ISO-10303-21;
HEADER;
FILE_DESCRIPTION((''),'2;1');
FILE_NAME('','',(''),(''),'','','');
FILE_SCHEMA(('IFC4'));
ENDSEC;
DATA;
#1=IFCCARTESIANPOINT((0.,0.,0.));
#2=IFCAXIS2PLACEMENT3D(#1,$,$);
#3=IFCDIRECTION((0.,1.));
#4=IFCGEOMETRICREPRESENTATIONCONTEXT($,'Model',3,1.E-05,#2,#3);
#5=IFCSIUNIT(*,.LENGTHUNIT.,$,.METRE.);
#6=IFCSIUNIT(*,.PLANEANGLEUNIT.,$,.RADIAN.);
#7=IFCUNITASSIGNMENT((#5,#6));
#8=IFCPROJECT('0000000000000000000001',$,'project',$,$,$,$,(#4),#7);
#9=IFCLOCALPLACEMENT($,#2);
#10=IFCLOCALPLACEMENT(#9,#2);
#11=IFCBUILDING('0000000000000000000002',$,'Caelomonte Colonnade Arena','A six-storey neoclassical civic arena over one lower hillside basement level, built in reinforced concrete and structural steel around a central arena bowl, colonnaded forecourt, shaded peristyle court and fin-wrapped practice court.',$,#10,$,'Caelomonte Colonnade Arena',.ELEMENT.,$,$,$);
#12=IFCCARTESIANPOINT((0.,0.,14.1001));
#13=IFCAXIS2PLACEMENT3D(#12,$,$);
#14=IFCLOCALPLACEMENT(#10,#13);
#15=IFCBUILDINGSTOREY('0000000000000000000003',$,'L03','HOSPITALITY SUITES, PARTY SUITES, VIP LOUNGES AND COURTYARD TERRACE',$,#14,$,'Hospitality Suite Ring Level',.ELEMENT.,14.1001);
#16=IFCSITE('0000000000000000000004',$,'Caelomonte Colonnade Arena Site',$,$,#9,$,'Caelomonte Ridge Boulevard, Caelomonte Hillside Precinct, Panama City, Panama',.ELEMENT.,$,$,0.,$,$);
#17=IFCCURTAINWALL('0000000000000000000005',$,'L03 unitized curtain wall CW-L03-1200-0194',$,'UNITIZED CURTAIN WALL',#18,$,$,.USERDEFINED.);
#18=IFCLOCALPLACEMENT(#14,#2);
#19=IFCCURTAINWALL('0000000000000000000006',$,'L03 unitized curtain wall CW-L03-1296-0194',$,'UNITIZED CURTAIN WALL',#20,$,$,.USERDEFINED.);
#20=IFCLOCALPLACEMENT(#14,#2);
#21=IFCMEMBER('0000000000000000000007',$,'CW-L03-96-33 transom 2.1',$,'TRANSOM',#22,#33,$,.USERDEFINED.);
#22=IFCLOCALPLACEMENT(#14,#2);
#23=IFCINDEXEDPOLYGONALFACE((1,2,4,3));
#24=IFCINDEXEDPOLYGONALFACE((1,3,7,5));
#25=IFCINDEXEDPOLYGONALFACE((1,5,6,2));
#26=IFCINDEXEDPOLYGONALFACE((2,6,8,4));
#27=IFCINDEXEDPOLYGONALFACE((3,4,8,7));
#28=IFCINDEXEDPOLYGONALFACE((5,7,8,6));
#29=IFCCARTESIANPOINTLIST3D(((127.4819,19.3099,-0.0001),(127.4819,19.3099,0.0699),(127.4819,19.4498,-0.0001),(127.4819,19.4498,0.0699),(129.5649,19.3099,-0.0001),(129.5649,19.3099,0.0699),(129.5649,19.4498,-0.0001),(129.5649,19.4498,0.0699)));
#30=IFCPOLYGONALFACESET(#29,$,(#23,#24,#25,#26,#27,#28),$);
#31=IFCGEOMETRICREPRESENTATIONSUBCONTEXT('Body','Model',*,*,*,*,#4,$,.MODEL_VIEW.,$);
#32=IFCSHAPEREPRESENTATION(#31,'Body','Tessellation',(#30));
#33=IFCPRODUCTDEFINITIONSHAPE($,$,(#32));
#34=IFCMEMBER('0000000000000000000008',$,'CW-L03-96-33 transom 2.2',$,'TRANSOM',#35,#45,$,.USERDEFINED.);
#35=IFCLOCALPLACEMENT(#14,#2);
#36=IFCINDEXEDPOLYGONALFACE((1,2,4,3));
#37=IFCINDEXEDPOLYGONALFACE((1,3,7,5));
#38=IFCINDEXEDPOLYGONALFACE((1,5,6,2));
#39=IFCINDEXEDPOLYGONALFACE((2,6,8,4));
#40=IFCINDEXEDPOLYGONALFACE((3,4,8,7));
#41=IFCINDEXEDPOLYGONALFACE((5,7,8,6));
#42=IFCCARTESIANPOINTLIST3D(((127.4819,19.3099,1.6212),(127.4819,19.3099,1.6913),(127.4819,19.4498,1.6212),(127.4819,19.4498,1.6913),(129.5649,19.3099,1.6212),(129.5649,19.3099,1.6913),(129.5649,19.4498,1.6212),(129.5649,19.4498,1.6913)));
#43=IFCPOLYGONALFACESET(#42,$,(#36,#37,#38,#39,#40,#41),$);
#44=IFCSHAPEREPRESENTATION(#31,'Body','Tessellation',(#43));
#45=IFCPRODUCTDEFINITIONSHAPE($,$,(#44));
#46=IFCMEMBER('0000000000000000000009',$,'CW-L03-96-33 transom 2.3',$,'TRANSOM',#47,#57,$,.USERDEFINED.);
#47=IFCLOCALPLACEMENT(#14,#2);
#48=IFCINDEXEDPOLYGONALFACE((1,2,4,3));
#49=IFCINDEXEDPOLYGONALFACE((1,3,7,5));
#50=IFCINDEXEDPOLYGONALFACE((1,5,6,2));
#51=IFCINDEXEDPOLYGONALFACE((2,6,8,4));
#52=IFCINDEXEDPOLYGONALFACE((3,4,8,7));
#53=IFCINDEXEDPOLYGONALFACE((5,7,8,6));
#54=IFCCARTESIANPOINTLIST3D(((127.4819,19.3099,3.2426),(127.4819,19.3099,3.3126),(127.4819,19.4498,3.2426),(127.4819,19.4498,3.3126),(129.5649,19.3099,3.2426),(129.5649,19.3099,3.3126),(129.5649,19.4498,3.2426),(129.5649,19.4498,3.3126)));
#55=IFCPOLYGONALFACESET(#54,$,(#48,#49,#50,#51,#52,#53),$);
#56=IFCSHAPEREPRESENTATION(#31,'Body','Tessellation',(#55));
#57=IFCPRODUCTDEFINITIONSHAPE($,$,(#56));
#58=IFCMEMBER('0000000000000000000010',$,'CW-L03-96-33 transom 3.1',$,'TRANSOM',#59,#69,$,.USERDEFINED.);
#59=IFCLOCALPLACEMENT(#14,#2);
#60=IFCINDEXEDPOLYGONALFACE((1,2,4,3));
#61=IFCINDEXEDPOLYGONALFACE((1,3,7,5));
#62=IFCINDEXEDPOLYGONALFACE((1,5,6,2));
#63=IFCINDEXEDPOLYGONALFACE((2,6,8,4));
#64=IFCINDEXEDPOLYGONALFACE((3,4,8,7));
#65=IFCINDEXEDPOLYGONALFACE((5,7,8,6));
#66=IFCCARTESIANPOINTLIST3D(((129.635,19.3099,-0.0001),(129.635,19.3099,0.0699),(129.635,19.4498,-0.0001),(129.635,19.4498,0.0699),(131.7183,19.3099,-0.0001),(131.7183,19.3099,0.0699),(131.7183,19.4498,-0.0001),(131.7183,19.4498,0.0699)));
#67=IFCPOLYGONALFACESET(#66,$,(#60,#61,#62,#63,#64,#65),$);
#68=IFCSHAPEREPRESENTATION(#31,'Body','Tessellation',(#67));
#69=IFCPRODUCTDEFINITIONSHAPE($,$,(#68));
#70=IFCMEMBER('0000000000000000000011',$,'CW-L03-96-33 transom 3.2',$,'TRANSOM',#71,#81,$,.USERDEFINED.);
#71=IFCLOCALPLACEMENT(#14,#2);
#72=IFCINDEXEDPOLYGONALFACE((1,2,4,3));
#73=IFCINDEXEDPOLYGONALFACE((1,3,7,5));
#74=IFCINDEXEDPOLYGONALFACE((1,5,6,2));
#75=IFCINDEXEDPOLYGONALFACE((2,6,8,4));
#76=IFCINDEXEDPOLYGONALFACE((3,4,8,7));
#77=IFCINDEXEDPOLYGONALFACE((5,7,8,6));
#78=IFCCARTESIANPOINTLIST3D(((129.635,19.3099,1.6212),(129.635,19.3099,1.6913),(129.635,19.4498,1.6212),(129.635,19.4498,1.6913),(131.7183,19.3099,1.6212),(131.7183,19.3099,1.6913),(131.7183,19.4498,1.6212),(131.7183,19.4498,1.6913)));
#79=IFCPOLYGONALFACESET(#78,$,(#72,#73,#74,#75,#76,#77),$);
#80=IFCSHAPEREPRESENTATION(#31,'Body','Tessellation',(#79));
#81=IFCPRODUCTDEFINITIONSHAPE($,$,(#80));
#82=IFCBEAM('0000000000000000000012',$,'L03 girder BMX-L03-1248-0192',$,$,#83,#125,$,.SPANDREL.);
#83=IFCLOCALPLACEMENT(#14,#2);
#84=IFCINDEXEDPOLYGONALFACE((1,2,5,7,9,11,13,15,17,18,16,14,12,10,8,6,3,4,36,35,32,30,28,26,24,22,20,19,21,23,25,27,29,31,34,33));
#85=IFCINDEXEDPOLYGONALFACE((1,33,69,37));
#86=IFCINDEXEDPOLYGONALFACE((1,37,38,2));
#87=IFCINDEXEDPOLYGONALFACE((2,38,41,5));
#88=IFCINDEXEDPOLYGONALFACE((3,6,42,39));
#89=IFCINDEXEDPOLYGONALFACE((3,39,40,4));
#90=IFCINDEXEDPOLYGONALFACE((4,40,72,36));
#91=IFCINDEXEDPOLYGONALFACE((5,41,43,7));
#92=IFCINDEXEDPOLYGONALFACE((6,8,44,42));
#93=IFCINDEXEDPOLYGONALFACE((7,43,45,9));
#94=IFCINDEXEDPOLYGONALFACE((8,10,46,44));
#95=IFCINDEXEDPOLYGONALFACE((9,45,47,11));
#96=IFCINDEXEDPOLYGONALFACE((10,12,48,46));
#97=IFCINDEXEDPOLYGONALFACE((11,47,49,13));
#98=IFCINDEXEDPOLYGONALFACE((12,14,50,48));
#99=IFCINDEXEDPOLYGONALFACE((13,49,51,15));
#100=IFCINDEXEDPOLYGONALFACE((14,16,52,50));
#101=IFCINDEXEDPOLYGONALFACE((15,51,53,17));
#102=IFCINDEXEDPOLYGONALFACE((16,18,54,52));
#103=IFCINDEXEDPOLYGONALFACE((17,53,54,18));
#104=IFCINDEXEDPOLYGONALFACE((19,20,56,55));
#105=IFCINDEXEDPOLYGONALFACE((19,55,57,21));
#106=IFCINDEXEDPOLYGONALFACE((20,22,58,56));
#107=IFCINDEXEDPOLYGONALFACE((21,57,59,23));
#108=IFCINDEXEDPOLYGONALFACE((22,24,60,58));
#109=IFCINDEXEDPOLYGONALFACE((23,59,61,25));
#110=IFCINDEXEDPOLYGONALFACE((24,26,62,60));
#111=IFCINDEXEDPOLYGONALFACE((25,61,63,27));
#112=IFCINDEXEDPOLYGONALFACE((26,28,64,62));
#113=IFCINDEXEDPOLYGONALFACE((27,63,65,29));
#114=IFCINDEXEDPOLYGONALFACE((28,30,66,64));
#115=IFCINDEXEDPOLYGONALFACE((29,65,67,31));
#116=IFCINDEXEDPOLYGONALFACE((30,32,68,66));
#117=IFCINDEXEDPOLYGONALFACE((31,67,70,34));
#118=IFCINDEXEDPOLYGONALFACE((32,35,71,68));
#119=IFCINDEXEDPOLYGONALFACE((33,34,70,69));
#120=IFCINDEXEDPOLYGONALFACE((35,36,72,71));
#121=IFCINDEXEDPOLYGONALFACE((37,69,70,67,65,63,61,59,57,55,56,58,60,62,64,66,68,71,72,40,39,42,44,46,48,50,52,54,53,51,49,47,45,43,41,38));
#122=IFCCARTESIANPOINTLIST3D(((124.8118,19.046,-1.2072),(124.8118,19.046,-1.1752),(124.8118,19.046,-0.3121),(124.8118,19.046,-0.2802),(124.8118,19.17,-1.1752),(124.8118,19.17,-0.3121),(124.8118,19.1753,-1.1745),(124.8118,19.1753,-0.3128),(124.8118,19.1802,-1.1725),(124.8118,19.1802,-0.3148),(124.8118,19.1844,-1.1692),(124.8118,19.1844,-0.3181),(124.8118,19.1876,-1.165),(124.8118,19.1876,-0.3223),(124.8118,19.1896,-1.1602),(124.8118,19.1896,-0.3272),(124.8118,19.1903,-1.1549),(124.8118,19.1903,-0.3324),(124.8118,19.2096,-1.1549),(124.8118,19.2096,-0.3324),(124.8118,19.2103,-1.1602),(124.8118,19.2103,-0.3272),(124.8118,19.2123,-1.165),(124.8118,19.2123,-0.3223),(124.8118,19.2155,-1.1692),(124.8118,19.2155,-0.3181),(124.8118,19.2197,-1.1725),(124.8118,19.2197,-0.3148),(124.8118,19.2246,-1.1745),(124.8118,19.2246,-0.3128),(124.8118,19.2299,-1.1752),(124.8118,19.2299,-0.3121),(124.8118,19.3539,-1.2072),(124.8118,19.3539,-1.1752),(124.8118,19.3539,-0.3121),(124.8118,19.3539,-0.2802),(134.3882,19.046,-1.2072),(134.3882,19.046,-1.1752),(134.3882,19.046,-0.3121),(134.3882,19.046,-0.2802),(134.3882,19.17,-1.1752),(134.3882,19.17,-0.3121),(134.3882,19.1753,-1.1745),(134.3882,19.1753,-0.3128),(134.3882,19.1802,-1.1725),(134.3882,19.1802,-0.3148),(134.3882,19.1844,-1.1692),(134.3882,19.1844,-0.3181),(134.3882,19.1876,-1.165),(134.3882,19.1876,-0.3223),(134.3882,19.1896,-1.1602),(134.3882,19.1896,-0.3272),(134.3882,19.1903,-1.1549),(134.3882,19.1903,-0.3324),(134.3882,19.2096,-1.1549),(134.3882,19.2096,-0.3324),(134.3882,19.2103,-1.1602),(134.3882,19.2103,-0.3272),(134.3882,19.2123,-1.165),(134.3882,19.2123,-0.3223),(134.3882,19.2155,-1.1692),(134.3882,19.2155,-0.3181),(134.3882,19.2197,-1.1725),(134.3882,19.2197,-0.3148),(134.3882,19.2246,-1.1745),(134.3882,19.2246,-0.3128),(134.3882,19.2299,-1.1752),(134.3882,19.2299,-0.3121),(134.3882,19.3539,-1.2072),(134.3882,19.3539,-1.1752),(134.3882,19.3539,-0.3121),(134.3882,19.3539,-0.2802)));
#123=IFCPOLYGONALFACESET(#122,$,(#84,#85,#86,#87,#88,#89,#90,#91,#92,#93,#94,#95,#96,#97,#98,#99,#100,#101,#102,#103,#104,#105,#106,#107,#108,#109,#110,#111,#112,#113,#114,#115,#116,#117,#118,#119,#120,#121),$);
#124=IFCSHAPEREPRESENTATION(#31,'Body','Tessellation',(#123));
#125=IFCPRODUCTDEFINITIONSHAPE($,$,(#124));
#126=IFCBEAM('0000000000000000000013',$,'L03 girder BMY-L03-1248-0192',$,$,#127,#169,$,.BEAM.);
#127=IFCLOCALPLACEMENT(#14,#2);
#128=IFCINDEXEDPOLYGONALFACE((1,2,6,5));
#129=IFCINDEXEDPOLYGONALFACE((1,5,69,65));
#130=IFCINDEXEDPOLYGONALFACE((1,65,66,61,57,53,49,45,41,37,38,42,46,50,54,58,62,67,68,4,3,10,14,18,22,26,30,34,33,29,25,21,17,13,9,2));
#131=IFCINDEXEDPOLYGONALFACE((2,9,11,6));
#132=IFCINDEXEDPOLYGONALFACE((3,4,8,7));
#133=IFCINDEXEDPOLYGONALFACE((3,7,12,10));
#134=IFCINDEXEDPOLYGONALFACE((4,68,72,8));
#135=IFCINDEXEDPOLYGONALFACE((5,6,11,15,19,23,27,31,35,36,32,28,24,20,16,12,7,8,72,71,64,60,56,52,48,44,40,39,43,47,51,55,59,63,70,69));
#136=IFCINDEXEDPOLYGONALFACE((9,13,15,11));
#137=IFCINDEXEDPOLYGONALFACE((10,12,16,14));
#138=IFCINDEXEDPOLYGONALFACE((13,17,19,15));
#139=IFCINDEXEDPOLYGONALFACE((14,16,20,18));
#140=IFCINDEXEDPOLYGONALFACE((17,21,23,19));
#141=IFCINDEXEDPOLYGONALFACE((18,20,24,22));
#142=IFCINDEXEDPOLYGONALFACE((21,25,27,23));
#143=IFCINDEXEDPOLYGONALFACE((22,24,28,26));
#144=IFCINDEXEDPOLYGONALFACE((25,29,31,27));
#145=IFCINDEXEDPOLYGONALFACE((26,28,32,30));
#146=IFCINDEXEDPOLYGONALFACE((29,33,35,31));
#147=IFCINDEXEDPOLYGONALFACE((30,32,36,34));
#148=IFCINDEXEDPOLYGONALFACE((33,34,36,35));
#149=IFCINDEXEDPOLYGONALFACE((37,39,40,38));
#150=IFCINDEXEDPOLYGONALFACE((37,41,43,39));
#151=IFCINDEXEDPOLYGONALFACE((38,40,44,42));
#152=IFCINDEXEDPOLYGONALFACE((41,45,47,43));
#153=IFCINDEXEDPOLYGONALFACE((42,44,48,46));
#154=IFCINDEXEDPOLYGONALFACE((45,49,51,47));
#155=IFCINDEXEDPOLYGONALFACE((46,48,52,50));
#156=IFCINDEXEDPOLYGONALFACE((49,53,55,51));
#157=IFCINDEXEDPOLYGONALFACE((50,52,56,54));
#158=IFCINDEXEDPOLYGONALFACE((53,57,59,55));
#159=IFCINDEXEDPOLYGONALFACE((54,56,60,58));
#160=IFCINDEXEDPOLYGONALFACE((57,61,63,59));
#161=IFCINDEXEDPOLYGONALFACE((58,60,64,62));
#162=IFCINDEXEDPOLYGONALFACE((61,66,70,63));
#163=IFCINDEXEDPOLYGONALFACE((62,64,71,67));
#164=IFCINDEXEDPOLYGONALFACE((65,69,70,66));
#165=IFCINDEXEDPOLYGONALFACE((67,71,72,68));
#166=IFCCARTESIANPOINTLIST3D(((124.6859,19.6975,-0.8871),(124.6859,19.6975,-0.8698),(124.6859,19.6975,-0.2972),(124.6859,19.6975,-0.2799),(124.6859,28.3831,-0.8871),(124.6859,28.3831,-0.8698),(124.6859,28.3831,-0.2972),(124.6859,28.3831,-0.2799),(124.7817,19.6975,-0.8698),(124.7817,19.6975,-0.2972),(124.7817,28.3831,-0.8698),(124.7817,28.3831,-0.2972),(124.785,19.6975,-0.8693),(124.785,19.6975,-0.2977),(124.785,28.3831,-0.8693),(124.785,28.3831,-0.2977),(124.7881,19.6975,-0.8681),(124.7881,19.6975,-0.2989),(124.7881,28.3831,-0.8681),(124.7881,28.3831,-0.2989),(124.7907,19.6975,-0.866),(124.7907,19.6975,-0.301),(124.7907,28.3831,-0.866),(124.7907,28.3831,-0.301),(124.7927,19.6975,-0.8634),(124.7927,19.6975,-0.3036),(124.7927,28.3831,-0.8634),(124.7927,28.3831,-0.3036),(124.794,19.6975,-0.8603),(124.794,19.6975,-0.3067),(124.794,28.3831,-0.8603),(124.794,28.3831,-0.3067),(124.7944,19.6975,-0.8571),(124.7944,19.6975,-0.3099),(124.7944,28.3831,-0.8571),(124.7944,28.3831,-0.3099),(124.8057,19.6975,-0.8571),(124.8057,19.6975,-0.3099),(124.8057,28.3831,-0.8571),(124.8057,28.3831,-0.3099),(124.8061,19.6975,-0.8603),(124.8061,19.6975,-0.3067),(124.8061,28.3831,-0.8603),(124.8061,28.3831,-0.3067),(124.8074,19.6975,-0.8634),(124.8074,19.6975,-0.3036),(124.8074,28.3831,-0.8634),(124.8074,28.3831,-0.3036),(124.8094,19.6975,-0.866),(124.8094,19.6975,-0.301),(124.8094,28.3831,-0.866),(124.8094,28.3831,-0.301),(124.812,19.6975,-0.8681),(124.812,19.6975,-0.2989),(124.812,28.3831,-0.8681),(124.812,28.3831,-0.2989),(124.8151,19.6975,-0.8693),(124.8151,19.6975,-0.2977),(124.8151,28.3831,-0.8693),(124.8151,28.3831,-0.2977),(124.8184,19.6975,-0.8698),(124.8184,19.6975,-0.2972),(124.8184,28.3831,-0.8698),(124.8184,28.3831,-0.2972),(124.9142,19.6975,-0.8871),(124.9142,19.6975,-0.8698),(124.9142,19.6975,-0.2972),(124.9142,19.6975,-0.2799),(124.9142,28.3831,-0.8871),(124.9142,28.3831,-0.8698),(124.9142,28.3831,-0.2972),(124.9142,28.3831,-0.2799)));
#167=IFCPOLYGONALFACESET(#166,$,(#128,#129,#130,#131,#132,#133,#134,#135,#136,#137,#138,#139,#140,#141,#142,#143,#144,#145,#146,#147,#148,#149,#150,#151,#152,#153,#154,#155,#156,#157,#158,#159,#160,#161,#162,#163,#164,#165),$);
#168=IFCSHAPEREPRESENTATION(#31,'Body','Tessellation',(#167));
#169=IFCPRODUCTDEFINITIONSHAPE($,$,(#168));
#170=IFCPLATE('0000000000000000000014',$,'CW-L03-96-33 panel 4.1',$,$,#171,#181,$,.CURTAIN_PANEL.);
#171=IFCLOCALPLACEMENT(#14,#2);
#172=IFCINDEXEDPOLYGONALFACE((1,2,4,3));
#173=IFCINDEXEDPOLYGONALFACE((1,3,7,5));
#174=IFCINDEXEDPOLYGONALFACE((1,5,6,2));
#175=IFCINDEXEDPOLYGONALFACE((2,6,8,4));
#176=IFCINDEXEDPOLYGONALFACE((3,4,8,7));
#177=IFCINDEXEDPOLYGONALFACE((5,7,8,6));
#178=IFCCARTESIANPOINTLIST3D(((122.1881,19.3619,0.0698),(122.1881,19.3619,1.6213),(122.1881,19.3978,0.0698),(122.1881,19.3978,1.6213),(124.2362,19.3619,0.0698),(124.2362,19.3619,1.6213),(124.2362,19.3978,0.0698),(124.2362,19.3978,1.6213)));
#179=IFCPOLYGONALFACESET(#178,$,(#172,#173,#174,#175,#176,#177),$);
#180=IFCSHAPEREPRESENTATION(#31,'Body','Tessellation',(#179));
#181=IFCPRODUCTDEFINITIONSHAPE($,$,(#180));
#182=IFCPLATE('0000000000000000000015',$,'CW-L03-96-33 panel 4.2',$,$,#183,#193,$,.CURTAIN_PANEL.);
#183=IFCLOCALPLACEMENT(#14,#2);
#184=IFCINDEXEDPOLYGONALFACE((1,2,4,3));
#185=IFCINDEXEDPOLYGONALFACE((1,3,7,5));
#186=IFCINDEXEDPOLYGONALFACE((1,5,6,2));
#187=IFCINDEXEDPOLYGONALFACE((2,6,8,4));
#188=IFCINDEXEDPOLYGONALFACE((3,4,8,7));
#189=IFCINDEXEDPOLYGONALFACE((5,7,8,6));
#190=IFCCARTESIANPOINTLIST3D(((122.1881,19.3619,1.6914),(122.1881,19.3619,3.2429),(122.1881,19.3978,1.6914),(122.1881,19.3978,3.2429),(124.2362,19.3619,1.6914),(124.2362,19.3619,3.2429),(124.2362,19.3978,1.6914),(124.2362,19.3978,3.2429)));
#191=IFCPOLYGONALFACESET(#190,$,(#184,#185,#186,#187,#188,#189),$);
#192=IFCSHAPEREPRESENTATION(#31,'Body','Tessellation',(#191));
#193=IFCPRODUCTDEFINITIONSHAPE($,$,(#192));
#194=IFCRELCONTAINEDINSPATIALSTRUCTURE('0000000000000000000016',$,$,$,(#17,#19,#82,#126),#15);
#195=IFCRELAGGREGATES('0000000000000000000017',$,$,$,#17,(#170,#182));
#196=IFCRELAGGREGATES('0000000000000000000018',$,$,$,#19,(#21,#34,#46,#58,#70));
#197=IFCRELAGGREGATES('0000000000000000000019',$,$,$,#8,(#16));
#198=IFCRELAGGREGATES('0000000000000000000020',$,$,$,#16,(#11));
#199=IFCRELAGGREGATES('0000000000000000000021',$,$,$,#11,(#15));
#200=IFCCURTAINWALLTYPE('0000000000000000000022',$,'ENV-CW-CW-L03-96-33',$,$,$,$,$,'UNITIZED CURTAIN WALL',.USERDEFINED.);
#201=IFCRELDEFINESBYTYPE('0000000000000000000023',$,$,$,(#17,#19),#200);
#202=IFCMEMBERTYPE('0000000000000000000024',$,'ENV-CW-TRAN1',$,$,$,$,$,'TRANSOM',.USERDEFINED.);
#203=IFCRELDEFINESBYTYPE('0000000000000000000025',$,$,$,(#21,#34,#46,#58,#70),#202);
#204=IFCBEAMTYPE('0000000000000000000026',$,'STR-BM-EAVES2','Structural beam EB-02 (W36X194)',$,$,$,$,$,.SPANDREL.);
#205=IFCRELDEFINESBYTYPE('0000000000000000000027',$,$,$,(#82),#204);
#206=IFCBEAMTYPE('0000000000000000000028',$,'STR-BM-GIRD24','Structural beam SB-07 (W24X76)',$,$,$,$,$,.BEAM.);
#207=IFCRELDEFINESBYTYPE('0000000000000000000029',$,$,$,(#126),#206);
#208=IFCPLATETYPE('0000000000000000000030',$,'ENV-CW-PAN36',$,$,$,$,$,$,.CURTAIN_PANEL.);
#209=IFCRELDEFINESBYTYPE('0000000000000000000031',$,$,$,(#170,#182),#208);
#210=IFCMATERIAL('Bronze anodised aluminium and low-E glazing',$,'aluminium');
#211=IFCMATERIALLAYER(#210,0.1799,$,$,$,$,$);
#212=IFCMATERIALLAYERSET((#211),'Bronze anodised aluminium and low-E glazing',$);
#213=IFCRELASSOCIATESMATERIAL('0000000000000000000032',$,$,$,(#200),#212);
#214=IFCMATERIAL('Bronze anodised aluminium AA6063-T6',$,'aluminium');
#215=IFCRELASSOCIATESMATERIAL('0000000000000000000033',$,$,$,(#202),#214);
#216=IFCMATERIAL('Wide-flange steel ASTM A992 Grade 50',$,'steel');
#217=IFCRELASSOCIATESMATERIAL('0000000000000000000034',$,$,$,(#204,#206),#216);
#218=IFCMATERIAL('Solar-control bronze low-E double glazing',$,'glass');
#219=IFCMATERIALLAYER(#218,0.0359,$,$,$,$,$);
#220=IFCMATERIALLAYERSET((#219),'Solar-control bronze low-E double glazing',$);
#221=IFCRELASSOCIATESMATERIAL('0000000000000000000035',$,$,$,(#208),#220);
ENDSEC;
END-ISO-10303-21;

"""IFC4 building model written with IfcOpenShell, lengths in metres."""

from ifc_helpers import new_model, si_unit, direction, frame, origin, origin_2d, place, context, subcontext, project, spatial, rectangle, i_section, extrude, material, layer, layer_set, material_profile, profile_set, type_object, element, aggregate, save


model = new_model("IFC4")

# Units and contexts
model_context = context("Model", 3, precision=1e-05, world=origin(), true_north=direction((0.0, 1.0)))
body_context = subcontext(model_context, "Body", "Model", "MODEL_VIEW")
ifc_project = project(units=[si_unit("LENGTHUNIT", "METRE"), si_unit("PLANEANGLEUNIT", "RADIAN")], contexts=[model_context])

# Site, building, storey
site_placement = place(None, origin())
site = spatial("IfcSite", under=ifc_project, at=site_placement, Name="Caelomonte Colonnade Arena Site", LongName="Caelomonte Ridge Boulevard, Caelomonte Hillside Precinct, Panama City, Panama", CompositionType="ELEMENT", RefElevation=0.0)
building_placement = place(site_placement, origin())
building = spatial("IfcBuilding", under=site, at=building_placement, Name="Caelomonte Colonnade Arena", Description="A six-storey neoclassical civic arena over one lower hillside basement level, built in reinforced concrete and structural steel around a central arena bowl, colonnaded forecourt, shaded peristyle court and fin-wrapped practice court.", LongName="Caelomonte Colonnade Arena", CompositionType="ELEMENT")
storey_placement = place(building_placement, frame((0.0, 0.0, 14.1001)))
storey = spatial("IfcBuildingStorey", under=building, at=storey_placement, Name="L03", Description="HOSPITALITY SUITES, PARTY SUITES, VIP LOUNGES AND COURTYARD TERRACE", LongName="Hospitality Suite Ring Level", CompositionType="ELEMENT", Elevation=14.1001)

# Shared definitions
ifc_material_1 = material(Name="Wide-flange steel ASTM A992 Grade 50", Category="steel")

# Curtain walls
ifc_material_2 = material(Name="Bronze anodised aluminium and low-E glazing", Category="aluminium")
ifc_layer_1 = layer(ifc_material_2, 0.1799)
ifc_layer_set_1 = layer_set([ifc_layer_1], Name="Bronze anodised aluminium and low-E glazing")
curtain_wall_type = type_object("IfcCurtainWallType", Name="ENV-CW-CW-L03-96-33", ElementType="UNITIZED CURTAIN WALL", PredefinedType="USERDEFINED", material=ifc_layer_set_1)
curtain_wall_1_placement = place(storey_placement, origin())
curtain_wall_1 = element("IfcCurtainWall", 1, at=curtain_wall_1_placement, inside=storey, type_object=curtain_wall_type, Name="L03 unitized curtain wall CW-L03-1200-0194", ObjectType="UNITIZED CURTAIN WALL", PredefinedType="USERDEFINED")
ifc_material_3 = material(Name="Bronze anodised aluminium AA6063-T6", Category="aluminium")
curtain_wall_2_placement = place(storey_placement, origin())
curtain_wall_2 = element("IfcCurtainWall", 2, at=curtain_wall_2_placement, inside=storey, type_object=curtain_wall_type, Name="L03 unitized curtain wall CW-L03-1296-0194", ObjectType="UNITIZED CURTAIN WALL", PredefinedType="USERDEFINED")

# Members
ifc_material_profile_1 = material_profile(ifc_material_3, rectangle(XDim=0.0701, YDim=0.1399, at=origin_2d()), Name="CWT-70X140")
ifc_profile_set_1 = profile_set([ifc_material_profile_1], Name="Bronze anodised aluminium AA6063-T6")
member_type_1 = type_object("IfcMemberType", Name="ENV-CW-TRAN1", ElementType="TRANSOM", PredefinedType="USERDEFINED", material=ifc_profile_set_1)
member_1_placement = place(storey_placement, frame((127.4819, 19.3799, 0.0349), z_axis=(1.0, 0.0, 0.0), x_axis=(0.0, 0.0, 1.0)))
member_1 = element("IfcMember", 3, at=member_1_placement, type_object=member_type_1, Name="CW-L03-96-33 transom 2.1", ObjectType="TRANSOM", PredefinedType="USERDEFINED", context=body_context, shape_type="SweptSolid", body=[
    extrude(rectangle(XDim=0.0701, YDim=0.1399, at=origin_2d()), origin(), (0.0, 0.0, 1.0), 2.083),
])
member_2_placement = place(storey_placement, frame((127.4819, 19.3799, 1.6562), z_axis=(1.0, 0.0, 0.0), x_axis=(0.0, 0.0, 1.0)))
member_2 = element("IfcMember", 4, at=member_2_placement, type_object=member_type_1, Name="CW-L03-96-33 transom 2.2", ObjectType="TRANSOM", PredefinedType="USERDEFINED", context=body_context, shape_type="SweptSolid", body=[
    extrude(rectangle(XDim=0.0701, YDim=0.1399, at=origin_2d()), origin(), (0.0, 0.0, 1.0), 2.083),
])
member_3_placement = place(storey_placement, frame((127.4819, 19.3799, 3.2776), z_axis=(1.0, 0.0, 0.0), x_axis=(0.0, 0.0, 1.0)))
member_3 = element("IfcMember", 5, at=member_3_placement, type_object=member_type_1, Name="CW-L03-96-33 transom 2.3", ObjectType="TRANSOM", PredefinedType="USERDEFINED", context=body_context, shape_type="SweptSolid", body=[
    extrude(rectangle(XDim=0.0701, YDim=0.1399, at=origin_2d()), origin(), (0.0, 0.0, 1.0), 2.083),
])
member_4_placement = place(storey_placement, frame((129.635, 19.3799, 0.0349), z_axis=(1.0, 0.0, 0.0), x_axis=(0.0, 0.0, 1.0)))
member_4 = element("IfcMember", 6, at=member_4_placement, type_object=member_type_1, Name="CW-L03-96-33 transom 3.1", ObjectType="TRANSOM", PredefinedType="USERDEFINED", context=body_context, shape_type="SweptSolid", body=[
    extrude(rectangle(XDim=0.0701, YDim=0.1399, at=origin_2d()), origin(), (0.0, 0.0, 1.0), 2.0833),
])
member_5_placement = place(storey_placement, frame((129.635, 19.3799, 1.6562), z_axis=(1.0, 0.0, 0.0), x_axis=(0.0, 0.0, 1.0)))
member_5 = element("IfcMember", 7, at=member_5_placement, type_object=member_type_1, Name="CW-L03-96-33 transom 3.2", ObjectType="TRANSOM", PredefinedType="USERDEFINED", context=body_context, shape_type="SweptSolid", body=[
    extrude(rectangle(XDim=0.0701, YDim=0.1399, at=origin_2d()), origin(), (0.0, 0.0, 1.0), 2.0833),
])

# Beams
ifc_material_profile_2 = material_profile(ifc_material_1, i_section(OverallWidth=0.3079, OverallDepth=0.927, WebThickness=0.0193, FlangeThickness=0.032, FilletRadius=0.0203, at=origin_2d()), Name="W36X194")
ifc_profile_set_2 = profile_set([ifc_material_profile_2], Name="Wide-flange steel ASTM A992 Grade 50")
beam_type_1 = type_object("IfcBeamType", Name="STR-BM-EAVES2", Description="Structural beam EB-02 (W36X194)", PredefinedType="SPANDREL", material=ifc_profile_set_2)
beam_1_placement = place(storey_placement, frame((124.8118, 19.2, -0.7437), z_axis=(1.0, 0.0, 0.0), x_axis=(0.0, 1.0, 0.0)))
element("IfcBeam", 8, at=beam_1_placement, inside=storey, type_object=beam_type_1, Name="L03 girder BMX-L03-1248-0192", PredefinedType="SPANDREL", context=body_context, shape_type="SweptSolid", body=[
    extrude(i_section(OverallWidth=0.3079, OverallDepth=0.927, WebThickness=0.0193, FlangeThickness=0.032, FilletRadius=0.0203, at=origin_2d()), origin(), (0.0, 0.0, 1.0), 9.5764),
])
ifc_material_profile_3 = material_profile(ifc_material_1, i_section(OverallWidth=0.2283, OverallDepth=0.6072, WebThickness=0.0112, FlangeThickness=0.0173, FilletRadius=0.0127, at=origin_2d()), Name="W24X76")
ifc_profile_set_3 = profile_set([ifc_material_profile_3], Name="Wide-flange steel ASTM A992 Grade 50")
beam_type_2 = type_object("IfcBeamType", Name="STR-BM-GIRD24", Description="Structural beam SB-07 (W24X76)", PredefinedType="BEAM", material=ifc_profile_set_3)
beam_2_placement = place(storey_placement, frame((124.8, 19.6975, -0.5835), z_axis=(0.0, 1.0, 0.0), x_axis=(-1.0, 0.0, 0.0)))
element("IfcBeam", 9, at=beam_2_placement, inside=storey, type_object=beam_type_2, Name="L03 girder BMY-L03-1248-0192", PredefinedType="BEAM", context=body_context, shape_type="SweptSolid", body=[
    extrude(i_section(OverallWidth=0.2283, OverallDepth=0.6072, WebThickness=0.0112, FlangeThickness=0.0173, FilletRadius=0.0127, at=origin_2d()), origin(), (0.0, 0.0, 1.0), 8.6855),
])

# Plates
ifc_material_4 = material(Name="Solar-control bronze low-E double glazing", Category="glass")
ifc_layer_2 = layer(ifc_material_4, 0.0359)
ifc_layer_set_2 = layer_set([ifc_layer_2], Name="Solar-control bronze low-E double glazing")
plate_type = type_object("IfcPlateType", Name="ENV-CW-PAN36", PredefinedType="CURTAIN_PANEL", material=ifc_layer_set_2)
plate_1_placement = place(storey_placement, frame((123.2122, 19.3799, 0.0698), z_axis=(0.0, 0.0, 1.0), x_axis=(1.0, 0.0, 0.0)))
plate_1 = element("IfcPlate", 10, at=plate_1_placement, type_object=plate_type, Name="CW-L03-96-33 panel 4.1", PredefinedType="CURTAIN_PANEL", context=body_context, shape_type="SweptSolid", body=[
    extrude(rectangle(XDim=2.0481, YDim=0.0359, at=origin_2d()), origin(), (0.0, 0.0, 1.0), 1.5515),
])
plate_2_placement = place(storey_placement, frame((123.2122, 19.3799, 1.6914), z_axis=(0.0, 0.0, 1.0), x_axis=(1.0, 0.0, 0.0)))
plate_2 = element("IfcPlate", 11, at=plate_2_placement, type_object=plate_type, Name="CW-L03-96-33 panel 4.2", PredefinedType="CURTAIN_PANEL", context=body_context, shape_type="SweptSolid", body=[
    extrude(rectangle(XDim=2.0481, YDim=0.0359, at=origin_2d()), origin(), (0.0, 0.0, 1.0), 1.5515),
])
aggregate(curtain_wall_1, [plate_1, plate_2])
aggregate(curtain_wall_2, [member_1, member_2, member_3, member_4, member_5])

save(model, "model.ifc")
